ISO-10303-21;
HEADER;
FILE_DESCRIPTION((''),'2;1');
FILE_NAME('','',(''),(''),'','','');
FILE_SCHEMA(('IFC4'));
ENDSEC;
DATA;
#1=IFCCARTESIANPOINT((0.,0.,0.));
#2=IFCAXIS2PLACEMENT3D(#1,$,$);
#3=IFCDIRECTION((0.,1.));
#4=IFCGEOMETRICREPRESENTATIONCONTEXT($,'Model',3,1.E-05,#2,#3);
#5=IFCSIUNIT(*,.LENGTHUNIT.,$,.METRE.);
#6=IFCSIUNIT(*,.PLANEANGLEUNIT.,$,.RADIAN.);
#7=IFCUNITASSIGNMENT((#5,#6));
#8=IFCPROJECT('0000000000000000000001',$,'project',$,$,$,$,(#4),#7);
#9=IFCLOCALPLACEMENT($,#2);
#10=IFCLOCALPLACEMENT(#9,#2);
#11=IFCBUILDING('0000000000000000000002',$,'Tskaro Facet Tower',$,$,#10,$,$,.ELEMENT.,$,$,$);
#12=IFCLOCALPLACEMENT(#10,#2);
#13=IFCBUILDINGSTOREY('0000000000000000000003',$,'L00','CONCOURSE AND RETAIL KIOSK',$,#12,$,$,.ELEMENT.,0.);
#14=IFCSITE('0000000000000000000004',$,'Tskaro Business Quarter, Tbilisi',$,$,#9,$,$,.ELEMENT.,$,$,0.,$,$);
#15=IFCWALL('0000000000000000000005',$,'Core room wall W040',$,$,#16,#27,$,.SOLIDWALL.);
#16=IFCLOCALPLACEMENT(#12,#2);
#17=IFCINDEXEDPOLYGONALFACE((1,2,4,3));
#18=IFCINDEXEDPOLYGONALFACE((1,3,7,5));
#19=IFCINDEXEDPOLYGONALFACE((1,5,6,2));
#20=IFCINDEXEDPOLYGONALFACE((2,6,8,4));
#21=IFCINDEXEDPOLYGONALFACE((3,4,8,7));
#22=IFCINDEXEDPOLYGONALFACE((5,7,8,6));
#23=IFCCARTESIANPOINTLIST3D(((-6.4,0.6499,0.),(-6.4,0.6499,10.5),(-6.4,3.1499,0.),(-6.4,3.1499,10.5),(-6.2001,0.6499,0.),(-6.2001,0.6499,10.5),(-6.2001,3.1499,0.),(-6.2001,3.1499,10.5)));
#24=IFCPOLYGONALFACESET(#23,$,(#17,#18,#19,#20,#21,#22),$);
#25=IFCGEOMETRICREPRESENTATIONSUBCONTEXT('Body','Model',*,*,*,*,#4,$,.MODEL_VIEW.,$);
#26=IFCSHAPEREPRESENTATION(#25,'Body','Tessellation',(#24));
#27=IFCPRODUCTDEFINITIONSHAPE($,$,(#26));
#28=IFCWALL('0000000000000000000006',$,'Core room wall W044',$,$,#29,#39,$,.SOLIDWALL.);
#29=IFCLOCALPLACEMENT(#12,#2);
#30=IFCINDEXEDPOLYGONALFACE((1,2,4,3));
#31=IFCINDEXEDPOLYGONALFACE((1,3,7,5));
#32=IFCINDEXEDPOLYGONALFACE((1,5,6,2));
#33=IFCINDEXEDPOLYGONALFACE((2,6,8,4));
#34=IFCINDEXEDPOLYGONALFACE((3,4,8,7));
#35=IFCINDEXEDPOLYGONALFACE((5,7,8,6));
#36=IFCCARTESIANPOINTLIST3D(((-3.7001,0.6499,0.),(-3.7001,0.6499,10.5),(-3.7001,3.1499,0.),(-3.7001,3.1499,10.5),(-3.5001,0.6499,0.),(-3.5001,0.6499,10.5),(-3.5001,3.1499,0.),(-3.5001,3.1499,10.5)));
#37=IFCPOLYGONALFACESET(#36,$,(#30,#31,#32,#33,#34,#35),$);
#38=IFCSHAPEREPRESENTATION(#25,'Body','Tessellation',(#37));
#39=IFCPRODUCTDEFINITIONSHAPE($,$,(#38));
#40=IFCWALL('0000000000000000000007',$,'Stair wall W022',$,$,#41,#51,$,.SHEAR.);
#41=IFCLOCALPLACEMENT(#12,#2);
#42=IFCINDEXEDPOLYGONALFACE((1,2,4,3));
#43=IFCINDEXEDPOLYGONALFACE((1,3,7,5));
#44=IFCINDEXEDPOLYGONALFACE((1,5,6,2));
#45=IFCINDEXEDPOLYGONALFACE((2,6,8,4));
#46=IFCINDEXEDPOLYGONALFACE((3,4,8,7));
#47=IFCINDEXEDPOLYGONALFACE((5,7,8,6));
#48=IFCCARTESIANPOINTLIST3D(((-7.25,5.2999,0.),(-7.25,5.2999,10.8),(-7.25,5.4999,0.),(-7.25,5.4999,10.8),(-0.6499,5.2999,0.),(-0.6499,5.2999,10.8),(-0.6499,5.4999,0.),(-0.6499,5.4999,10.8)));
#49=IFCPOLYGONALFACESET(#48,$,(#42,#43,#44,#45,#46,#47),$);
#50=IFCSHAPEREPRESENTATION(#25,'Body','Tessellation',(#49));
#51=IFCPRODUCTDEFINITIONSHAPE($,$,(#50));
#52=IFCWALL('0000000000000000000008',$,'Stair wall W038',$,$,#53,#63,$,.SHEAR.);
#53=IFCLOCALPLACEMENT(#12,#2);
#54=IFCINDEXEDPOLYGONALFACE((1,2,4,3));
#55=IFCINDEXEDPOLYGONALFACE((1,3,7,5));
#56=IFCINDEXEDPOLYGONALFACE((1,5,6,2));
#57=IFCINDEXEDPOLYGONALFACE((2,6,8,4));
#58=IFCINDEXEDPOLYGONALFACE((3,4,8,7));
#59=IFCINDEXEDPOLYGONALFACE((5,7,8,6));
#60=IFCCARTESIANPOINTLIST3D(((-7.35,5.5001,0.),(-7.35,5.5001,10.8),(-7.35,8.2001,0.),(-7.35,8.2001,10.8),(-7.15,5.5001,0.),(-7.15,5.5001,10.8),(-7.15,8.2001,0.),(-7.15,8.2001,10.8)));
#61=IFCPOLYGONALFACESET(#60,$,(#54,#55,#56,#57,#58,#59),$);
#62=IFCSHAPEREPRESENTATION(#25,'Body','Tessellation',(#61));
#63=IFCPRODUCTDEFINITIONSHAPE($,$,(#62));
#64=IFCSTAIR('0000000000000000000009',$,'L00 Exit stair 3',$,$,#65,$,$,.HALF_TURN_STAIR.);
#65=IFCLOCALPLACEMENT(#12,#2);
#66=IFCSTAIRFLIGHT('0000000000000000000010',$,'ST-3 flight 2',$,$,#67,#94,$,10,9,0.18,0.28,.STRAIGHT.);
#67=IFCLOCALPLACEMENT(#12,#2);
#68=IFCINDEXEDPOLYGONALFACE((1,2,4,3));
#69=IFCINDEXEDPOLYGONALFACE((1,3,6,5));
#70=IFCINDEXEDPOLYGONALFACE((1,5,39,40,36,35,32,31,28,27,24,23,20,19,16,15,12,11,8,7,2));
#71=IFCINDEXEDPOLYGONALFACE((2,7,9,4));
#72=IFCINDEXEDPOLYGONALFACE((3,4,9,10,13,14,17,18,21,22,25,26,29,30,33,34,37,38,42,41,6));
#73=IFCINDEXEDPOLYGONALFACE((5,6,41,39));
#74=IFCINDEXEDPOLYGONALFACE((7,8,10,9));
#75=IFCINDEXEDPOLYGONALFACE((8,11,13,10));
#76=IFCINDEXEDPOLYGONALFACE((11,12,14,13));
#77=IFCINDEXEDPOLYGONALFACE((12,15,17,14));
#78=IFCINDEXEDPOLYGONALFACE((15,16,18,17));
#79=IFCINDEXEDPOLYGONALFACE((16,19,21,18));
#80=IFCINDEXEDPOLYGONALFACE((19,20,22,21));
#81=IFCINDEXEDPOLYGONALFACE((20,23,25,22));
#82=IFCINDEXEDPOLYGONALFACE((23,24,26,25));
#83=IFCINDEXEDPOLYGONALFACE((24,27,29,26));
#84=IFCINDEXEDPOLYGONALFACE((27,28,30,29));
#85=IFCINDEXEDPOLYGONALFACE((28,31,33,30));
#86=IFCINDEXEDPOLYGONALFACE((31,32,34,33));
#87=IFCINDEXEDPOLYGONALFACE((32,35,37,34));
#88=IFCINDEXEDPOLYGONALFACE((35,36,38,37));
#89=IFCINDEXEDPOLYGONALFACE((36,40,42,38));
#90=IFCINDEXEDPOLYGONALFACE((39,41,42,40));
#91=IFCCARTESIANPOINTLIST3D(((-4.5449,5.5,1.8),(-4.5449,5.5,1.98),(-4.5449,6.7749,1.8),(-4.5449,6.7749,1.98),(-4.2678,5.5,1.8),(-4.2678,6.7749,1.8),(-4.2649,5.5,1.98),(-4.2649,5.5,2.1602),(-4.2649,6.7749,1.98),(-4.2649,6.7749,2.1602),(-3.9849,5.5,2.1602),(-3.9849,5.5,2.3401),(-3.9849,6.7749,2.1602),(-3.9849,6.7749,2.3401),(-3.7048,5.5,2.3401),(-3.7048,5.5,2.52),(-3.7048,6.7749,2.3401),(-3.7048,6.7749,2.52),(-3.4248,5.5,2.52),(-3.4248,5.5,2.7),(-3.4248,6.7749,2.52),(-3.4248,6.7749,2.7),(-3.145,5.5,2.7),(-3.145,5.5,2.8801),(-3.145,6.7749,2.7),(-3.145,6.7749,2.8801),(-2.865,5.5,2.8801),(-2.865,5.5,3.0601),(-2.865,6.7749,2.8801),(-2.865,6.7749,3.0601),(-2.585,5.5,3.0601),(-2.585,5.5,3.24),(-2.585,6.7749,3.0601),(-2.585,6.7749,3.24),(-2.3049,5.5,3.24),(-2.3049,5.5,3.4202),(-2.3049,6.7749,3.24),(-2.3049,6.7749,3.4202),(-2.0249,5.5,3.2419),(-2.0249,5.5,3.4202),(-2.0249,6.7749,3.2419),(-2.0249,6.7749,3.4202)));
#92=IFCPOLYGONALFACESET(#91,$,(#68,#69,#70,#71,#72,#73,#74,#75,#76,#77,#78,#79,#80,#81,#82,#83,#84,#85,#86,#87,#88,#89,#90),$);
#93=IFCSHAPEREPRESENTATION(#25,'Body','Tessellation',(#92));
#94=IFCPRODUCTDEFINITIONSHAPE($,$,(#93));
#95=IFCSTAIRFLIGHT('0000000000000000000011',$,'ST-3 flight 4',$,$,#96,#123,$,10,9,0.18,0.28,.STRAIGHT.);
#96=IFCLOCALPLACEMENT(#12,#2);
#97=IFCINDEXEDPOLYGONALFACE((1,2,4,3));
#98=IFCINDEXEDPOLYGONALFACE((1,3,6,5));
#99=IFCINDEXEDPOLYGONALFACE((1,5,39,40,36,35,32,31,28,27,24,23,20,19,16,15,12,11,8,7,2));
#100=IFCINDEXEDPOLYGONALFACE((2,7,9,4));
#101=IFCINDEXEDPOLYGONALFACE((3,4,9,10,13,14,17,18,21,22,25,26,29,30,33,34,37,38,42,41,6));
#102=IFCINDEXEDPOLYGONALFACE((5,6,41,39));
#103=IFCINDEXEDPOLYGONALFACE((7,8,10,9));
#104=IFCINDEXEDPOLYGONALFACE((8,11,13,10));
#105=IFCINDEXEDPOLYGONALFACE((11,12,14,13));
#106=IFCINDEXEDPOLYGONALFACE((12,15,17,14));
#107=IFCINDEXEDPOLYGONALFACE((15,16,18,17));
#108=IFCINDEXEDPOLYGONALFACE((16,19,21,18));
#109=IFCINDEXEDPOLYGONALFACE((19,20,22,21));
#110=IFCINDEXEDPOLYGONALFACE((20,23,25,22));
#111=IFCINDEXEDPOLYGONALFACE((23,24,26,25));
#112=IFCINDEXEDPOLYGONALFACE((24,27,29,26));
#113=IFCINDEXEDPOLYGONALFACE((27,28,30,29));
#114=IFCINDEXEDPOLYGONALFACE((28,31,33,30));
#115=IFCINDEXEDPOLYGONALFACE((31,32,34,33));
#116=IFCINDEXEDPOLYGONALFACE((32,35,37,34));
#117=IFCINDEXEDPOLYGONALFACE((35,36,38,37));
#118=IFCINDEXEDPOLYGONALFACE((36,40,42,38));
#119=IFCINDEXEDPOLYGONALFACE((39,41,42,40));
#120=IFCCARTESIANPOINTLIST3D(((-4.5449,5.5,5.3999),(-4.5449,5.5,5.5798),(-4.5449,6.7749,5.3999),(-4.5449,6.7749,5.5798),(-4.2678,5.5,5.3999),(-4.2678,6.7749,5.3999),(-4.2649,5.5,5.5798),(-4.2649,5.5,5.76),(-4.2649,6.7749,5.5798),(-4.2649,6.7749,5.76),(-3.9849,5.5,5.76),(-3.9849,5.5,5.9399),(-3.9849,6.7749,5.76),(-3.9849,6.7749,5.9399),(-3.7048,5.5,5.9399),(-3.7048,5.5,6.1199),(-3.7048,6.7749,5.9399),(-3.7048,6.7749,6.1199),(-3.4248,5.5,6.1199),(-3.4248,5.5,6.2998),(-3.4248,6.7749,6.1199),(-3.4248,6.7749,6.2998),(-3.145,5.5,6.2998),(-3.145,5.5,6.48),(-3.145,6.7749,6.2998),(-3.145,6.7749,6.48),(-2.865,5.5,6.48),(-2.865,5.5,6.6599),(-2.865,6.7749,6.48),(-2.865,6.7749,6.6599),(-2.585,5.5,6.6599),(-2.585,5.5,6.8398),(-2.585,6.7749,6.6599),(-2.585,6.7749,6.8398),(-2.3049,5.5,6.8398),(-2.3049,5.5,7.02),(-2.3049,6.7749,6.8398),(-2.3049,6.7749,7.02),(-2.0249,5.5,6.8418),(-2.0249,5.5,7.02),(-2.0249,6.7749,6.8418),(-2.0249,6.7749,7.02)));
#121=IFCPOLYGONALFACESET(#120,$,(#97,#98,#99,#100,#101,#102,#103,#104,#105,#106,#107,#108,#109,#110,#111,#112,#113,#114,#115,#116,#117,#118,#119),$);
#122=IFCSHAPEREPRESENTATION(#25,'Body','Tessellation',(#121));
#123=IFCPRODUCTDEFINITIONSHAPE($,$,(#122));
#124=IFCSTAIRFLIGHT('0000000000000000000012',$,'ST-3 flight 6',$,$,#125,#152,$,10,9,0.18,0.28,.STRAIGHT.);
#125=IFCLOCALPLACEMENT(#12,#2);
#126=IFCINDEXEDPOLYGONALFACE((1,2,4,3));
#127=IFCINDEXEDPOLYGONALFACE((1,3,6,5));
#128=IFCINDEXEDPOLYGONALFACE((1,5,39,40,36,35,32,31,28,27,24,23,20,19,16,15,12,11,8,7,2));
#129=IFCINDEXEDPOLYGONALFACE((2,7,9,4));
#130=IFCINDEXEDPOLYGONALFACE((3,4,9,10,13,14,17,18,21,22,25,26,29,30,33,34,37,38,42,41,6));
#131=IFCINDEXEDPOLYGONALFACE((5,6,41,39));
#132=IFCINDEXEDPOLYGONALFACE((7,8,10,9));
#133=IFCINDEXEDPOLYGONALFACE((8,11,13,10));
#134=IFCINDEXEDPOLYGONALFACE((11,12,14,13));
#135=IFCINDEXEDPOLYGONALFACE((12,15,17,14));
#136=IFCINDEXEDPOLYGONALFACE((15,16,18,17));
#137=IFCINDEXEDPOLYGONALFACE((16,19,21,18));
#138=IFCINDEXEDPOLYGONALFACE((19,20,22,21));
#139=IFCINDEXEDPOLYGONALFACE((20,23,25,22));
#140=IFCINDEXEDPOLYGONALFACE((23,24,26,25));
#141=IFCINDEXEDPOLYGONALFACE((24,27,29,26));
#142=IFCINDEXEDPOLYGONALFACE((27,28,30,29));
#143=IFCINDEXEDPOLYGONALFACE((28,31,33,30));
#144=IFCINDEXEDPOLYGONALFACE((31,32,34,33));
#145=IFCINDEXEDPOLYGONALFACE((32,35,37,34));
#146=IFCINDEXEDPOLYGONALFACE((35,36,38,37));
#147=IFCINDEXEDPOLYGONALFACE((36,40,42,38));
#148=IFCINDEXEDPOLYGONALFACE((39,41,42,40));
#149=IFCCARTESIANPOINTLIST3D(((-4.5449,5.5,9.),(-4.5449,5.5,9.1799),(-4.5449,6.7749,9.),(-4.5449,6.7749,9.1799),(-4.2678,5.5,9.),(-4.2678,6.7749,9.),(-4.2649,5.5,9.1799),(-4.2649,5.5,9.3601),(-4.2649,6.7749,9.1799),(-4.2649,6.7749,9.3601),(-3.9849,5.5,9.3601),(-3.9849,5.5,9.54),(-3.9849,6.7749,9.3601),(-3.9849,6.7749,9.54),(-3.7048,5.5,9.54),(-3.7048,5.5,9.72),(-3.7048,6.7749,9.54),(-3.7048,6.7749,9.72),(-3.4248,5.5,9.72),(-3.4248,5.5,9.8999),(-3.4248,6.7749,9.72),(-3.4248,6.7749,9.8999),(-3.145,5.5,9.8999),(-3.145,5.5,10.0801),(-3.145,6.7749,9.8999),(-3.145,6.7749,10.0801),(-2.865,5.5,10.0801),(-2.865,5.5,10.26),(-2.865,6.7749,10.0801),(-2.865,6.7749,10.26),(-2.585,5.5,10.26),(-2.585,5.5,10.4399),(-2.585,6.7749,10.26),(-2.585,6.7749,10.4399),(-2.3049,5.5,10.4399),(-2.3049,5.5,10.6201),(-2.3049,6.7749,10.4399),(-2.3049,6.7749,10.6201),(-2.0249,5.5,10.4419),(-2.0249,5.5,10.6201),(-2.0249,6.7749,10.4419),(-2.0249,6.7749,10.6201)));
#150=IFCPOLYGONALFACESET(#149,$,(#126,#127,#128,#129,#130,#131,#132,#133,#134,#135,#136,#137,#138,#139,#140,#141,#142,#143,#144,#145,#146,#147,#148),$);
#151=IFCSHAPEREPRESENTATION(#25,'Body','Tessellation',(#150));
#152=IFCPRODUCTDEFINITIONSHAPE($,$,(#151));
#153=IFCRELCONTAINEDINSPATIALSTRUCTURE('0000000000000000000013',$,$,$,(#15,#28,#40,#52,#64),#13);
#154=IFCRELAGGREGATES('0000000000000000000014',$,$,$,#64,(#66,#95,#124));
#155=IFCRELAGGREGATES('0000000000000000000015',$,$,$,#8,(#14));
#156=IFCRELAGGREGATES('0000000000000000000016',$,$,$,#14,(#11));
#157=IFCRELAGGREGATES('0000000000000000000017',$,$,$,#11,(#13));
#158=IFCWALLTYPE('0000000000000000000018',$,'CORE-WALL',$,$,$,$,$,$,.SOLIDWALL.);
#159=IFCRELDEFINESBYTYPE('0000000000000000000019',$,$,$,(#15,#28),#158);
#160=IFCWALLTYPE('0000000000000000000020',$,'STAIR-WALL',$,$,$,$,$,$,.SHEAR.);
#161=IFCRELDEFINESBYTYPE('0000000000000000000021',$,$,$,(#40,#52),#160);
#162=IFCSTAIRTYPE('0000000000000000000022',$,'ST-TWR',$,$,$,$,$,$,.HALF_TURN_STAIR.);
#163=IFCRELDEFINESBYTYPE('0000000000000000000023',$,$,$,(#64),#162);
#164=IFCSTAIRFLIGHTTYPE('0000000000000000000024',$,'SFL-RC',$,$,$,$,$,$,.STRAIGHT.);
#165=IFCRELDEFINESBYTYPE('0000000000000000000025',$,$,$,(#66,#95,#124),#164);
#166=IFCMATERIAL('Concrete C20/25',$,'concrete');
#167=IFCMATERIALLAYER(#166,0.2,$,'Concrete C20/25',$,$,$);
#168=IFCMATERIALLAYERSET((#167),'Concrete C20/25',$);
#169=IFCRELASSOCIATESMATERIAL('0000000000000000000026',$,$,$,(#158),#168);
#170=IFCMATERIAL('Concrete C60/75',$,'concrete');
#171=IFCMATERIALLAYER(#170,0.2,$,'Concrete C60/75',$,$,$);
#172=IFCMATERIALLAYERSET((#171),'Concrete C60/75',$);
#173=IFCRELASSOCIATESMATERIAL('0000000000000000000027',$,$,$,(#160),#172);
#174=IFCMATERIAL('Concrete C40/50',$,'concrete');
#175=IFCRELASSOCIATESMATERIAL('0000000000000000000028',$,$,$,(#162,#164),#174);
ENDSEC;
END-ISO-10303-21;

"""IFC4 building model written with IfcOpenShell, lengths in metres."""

from ifc_helpers import new_model, si_unit, direction, frame, frame_2d, origin, place, context, subcontext, project, spatial, polyline, rectangle, outline, extrude, material, layer, layer_set, type_object, element, aggregate, save


model = new_model("IFC4")

# Units and contexts
model_context = context("Model", 3, precision=1e-05, world=origin(), true_north=direction((0.0, 1.0)))
body_context = subcontext(model_context, "Body", "Model", "MODEL_VIEW")
ifc_project = project(units=[si_unit("LENGTHUNIT", "METRE"), si_unit("PLANEANGLEUNIT", "RADIAN")], contexts=[model_context])

# Site, building, storey
site_placement = place(None, origin())
site = spatial("IfcSite", under=ifc_project, at=site_placement, Name="Tskaro Business Quarter, Tbilisi", CompositionType="ELEMENT", RefElevation=0.0)
building_placement = place(site_placement, origin())
building = spatial("IfcBuilding", under=site, at=building_placement, Name="Tskaro Facet Tower", CompositionType="ELEMENT")
storey_placement = place(building_placement, origin())
storey = spatial("IfcBuildingStorey", under=building, at=storey_placement, Name="L00", Description="CONCOURSE AND RETAIL KIOSK", CompositionType="ELEMENT", Elevation=0.0)

# Walls
ifc_material_1 = material(Name="Concrete C20/25", Category="concrete")
ifc_layer_1 = layer(ifc_material_1, 0.2, Name="Concrete C20/25")
ifc_layer_set_1 = layer_set([ifc_layer_1], Name="Concrete C20/25")
wall_type_1 = type_object("IfcWallType", Name="CORE-WALL", PredefinedType="SOLIDWALL", material=ifc_layer_set_1)
for number, where, z_axis, x_axis, name in (
    (1, (-6.3, 0.6499, 0.0), (0.0, 0.0, 1.0), (0.0, 1.0, 0.0), "Core room wall W040"),
    (2, (-3.6001, 0.6499, 0.0), (0.0, 0.0, 1.0), (0.0, 1.0, 0.0), "Core room wall W044"),
):
    element("IfcWall", number, at=place(storey_placement, frame(where, z_axis=z_axis, x_axis=x_axis)), inside=storey, type_object=wall_type_1, Name=name, PredefinedType="SOLIDWALL", context=body_context, shape_type="SweptSolid", body=[
        extrude(rectangle(XDim=2.5, YDim=0.2, at=frame_2d((1.25, 0.0))), origin(), (0.0, 0.0, 1.0), 10.5),
    ])
ifc_material_2 = material(Name="Concrete C60/75", Category="concrete")
ifc_layer_2 = layer(ifc_material_2, 0.2, Name="Concrete C60/75")
ifc_layer_set_2 = layer_set([ifc_layer_2], Name="Concrete C60/75")
wall_type_2 = type_object("IfcWallType", Name="STAIR-WALL", PredefinedType="SHEAR", material=ifc_layer_set_2)
wall_1_placement = place(storey_placement, frame((-7.25, 5.3999, 0.0), z_axis=(0.0, 0.0, 1.0), x_axis=(1.0, 0.0, 0.0)))
element("IfcWall", 3, at=wall_1_placement, inside=storey, type_object=wall_type_2, Name="Stair wall W022", PredefinedType="SHEAR", context=body_context, shape_type="SweptSolid", body=[
    extrude(rectangle(XDim=6.6001, YDim=0.2, at=frame_2d((3.3, 0.0))), origin(), (0.0, 0.0, 1.0), 10.8),
])
wall_2_placement = place(storey_placement, frame((-7.25, 5.5, 0.0), z_axis=(0.0, 0.0, 1.0), x_axis=(0.0, 1.0, 0.0)))
element("IfcWall", 4, at=wall_2_placement, inside=storey, type_object=wall_type_2, Name="Stair wall W038", PredefinedType="SHEAR", context=body_context, shape_type="SweptSolid", body=[
    extrude(rectangle(XDim=2.7, YDim=0.2, at=frame_2d((1.3501, 0.0))), origin(), (0.0, 0.0, 1.0), 10.8),
])

# Stair, stair flights
ifc_material_3 = material(Name="Concrete C40/50", Category="concrete")
stair_type = type_object("IfcStairType", Name="ST-TWR", PredefinedType="HALF_TURN_STAIR", material=ifc_material_3)
stair_placement = place(storey_placement, origin())
stair = element("IfcStair", 5, at=stair_placement, inside=storey, type_object=stair_type, Name="L00 Exit stair 3", PredefinedType="HALF_TURN_STAIR")
stair_flight_type = type_object("IfcStairFlightType", Name="SFL-RC", PredefinedType="STRAIGHT", material=ifc_material_3)
stair_flight_1_placement = place(storey_placement, frame((-4.5449, 6.1375, 1.8), z_axis=(0.0, 0.0, 1.0), x_axis=(1.0, 0.0, 0.0)))
stair_flight_1 = element("IfcStairFlight", 6, at=stair_flight_1_placement, type_object=stair_flight_type, Name="ST-3 flight 2", NumberOfRisers=10, NumberOfTreads=9, PredefinedType="STRAIGHT", RiserHeight=0.18, TreadLength=0.28, context=body_context, shape_type="SweptSolid", body=[
    extrude(outline(polyline([(0.0, 0.0), (0.0, 0.1799), (0.28, 0.1799), (0.28, 0.3601), (0.5601, 0.3601), (0.5601, 0.54), (0.8401, 0.54), (0.8401, 0.72), (1.1201, 0.72), (1.1201, 0.8999), (1.3999, 0.8999), (1.3999, 1.0801), (1.6799, 1.0801), (1.6799, 1.26), (1.96, 1.26), (1.96, 1.4399), (2.24, 1.4399), (2.24, 1.6201), (2.52, 1.6201), (2.52, 1.8), (2.52, 1.4419), (0.2771, 0.0), (0.0, 0.0)])), frame((0.0, 0.6375, 0.0), z_axis=(0.0, -1.0, 0.0), x_axis=(1.0, 0.0, 0.0)), (0.0, 0.0, 1.0), 1.2749),
])
stair_flight_2_placement = place(storey_placement, frame((-4.5449, 6.1375, 5.3999), z_axis=(0.0, 0.0, 1.0), x_axis=(1.0, 0.0, 0.0)))
stair_flight_2 = element("IfcStairFlight", 7, at=stair_flight_2_placement, type_object=stair_flight_type, Name="ST-3 flight 4", NumberOfRisers=10, NumberOfTreads=9, PredefinedType="STRAIGHT", RiserHeight=0.18, TreadLength=0.28, context=body_context, shape_type="SweptSolid", body=[
    extrude(outline(polyline([(0.0, 0.0), (0.0, 0.1799), (0.28, 0.1799), (0.28, 0.3601), (0.5601, 0.3601), (0.5601, 0.54), (0.8401, 0.54), (0.8401, 0.72), (1.1201, 0.72), (1.1201, 0.8999), (1.3999, 0.8999), (1.3999, 1.0801), (1.6799, 1.0801), (1.6799, 1.26), (1.96, 1.26), (1.96, 1.4399), (2.24, 1.4399), (2.24, 1.6201), (2.52, 1.6201), (2.52, 1.8), (2.52, 1.4419), (0.2771, 0.0), (0.0, 0.0)])), frame((0.0, 0.6375, 0.0), z_axis=(0.0, -1.0, 0.0), x_axis=(1.0, 0.0, 0.0)), (0.0, 0.0, 1.0), 1.2749),
])
stair_flight_3_placement = place(storey_placement, frame((-4.5449, 6.1375, 9.0), z_axis=(0.0, 0.0, 1.0), x_axis=(1.0, 0.0, 0.0)))
stair_flight_3 = element("IfcStairFlight", 8, at=stair_flight_3_placement, type_object=stair_flight_type, Name="ST-3 flight 6", NumberOfRisers=10, NumberOfTreads=9, PredefinedType="STRAIGHT", RiserHeight=0.18, TreadLength=0.28, context=body_context, shape_type="SweptSolid", body=[
    extrude(outline(polyline([(0.0, 0.0), (0.0, 0.1799), (0.28, 0.1799), (0.28, 0.3601), (0.5601, 0.3601), (0.5601, 0.54), (0.8401, 0.54), (0.8401, 0.72), (1.1201, 0.72), (1.1201, 0.8999), (1.3999, 0.8999), (1.3999, 1.0801), (1.6799, 1.0801), (1.6799, 1.26), (1.96, 1.26), (1.96, 1.4399), (2.24, 1.4399), (2.24, 1.6201), (2.52, 1.6201), (2.52, 1.8), (2.52, 1.4419), (0.2771, 0.0), (0.0, 0.0)])), frame((0.0, 0.6375, 0.0), z_axis=(0.0, -1.0, 0.0), x_axis=(1.0, 0.0, 0.0)), (0.0, 0.0, 1.0), 1.2749),
])
aggregate(stair, [stair_flight_1, stair_flight_2, stair_flight_3])

save(model, "model.ifc")
